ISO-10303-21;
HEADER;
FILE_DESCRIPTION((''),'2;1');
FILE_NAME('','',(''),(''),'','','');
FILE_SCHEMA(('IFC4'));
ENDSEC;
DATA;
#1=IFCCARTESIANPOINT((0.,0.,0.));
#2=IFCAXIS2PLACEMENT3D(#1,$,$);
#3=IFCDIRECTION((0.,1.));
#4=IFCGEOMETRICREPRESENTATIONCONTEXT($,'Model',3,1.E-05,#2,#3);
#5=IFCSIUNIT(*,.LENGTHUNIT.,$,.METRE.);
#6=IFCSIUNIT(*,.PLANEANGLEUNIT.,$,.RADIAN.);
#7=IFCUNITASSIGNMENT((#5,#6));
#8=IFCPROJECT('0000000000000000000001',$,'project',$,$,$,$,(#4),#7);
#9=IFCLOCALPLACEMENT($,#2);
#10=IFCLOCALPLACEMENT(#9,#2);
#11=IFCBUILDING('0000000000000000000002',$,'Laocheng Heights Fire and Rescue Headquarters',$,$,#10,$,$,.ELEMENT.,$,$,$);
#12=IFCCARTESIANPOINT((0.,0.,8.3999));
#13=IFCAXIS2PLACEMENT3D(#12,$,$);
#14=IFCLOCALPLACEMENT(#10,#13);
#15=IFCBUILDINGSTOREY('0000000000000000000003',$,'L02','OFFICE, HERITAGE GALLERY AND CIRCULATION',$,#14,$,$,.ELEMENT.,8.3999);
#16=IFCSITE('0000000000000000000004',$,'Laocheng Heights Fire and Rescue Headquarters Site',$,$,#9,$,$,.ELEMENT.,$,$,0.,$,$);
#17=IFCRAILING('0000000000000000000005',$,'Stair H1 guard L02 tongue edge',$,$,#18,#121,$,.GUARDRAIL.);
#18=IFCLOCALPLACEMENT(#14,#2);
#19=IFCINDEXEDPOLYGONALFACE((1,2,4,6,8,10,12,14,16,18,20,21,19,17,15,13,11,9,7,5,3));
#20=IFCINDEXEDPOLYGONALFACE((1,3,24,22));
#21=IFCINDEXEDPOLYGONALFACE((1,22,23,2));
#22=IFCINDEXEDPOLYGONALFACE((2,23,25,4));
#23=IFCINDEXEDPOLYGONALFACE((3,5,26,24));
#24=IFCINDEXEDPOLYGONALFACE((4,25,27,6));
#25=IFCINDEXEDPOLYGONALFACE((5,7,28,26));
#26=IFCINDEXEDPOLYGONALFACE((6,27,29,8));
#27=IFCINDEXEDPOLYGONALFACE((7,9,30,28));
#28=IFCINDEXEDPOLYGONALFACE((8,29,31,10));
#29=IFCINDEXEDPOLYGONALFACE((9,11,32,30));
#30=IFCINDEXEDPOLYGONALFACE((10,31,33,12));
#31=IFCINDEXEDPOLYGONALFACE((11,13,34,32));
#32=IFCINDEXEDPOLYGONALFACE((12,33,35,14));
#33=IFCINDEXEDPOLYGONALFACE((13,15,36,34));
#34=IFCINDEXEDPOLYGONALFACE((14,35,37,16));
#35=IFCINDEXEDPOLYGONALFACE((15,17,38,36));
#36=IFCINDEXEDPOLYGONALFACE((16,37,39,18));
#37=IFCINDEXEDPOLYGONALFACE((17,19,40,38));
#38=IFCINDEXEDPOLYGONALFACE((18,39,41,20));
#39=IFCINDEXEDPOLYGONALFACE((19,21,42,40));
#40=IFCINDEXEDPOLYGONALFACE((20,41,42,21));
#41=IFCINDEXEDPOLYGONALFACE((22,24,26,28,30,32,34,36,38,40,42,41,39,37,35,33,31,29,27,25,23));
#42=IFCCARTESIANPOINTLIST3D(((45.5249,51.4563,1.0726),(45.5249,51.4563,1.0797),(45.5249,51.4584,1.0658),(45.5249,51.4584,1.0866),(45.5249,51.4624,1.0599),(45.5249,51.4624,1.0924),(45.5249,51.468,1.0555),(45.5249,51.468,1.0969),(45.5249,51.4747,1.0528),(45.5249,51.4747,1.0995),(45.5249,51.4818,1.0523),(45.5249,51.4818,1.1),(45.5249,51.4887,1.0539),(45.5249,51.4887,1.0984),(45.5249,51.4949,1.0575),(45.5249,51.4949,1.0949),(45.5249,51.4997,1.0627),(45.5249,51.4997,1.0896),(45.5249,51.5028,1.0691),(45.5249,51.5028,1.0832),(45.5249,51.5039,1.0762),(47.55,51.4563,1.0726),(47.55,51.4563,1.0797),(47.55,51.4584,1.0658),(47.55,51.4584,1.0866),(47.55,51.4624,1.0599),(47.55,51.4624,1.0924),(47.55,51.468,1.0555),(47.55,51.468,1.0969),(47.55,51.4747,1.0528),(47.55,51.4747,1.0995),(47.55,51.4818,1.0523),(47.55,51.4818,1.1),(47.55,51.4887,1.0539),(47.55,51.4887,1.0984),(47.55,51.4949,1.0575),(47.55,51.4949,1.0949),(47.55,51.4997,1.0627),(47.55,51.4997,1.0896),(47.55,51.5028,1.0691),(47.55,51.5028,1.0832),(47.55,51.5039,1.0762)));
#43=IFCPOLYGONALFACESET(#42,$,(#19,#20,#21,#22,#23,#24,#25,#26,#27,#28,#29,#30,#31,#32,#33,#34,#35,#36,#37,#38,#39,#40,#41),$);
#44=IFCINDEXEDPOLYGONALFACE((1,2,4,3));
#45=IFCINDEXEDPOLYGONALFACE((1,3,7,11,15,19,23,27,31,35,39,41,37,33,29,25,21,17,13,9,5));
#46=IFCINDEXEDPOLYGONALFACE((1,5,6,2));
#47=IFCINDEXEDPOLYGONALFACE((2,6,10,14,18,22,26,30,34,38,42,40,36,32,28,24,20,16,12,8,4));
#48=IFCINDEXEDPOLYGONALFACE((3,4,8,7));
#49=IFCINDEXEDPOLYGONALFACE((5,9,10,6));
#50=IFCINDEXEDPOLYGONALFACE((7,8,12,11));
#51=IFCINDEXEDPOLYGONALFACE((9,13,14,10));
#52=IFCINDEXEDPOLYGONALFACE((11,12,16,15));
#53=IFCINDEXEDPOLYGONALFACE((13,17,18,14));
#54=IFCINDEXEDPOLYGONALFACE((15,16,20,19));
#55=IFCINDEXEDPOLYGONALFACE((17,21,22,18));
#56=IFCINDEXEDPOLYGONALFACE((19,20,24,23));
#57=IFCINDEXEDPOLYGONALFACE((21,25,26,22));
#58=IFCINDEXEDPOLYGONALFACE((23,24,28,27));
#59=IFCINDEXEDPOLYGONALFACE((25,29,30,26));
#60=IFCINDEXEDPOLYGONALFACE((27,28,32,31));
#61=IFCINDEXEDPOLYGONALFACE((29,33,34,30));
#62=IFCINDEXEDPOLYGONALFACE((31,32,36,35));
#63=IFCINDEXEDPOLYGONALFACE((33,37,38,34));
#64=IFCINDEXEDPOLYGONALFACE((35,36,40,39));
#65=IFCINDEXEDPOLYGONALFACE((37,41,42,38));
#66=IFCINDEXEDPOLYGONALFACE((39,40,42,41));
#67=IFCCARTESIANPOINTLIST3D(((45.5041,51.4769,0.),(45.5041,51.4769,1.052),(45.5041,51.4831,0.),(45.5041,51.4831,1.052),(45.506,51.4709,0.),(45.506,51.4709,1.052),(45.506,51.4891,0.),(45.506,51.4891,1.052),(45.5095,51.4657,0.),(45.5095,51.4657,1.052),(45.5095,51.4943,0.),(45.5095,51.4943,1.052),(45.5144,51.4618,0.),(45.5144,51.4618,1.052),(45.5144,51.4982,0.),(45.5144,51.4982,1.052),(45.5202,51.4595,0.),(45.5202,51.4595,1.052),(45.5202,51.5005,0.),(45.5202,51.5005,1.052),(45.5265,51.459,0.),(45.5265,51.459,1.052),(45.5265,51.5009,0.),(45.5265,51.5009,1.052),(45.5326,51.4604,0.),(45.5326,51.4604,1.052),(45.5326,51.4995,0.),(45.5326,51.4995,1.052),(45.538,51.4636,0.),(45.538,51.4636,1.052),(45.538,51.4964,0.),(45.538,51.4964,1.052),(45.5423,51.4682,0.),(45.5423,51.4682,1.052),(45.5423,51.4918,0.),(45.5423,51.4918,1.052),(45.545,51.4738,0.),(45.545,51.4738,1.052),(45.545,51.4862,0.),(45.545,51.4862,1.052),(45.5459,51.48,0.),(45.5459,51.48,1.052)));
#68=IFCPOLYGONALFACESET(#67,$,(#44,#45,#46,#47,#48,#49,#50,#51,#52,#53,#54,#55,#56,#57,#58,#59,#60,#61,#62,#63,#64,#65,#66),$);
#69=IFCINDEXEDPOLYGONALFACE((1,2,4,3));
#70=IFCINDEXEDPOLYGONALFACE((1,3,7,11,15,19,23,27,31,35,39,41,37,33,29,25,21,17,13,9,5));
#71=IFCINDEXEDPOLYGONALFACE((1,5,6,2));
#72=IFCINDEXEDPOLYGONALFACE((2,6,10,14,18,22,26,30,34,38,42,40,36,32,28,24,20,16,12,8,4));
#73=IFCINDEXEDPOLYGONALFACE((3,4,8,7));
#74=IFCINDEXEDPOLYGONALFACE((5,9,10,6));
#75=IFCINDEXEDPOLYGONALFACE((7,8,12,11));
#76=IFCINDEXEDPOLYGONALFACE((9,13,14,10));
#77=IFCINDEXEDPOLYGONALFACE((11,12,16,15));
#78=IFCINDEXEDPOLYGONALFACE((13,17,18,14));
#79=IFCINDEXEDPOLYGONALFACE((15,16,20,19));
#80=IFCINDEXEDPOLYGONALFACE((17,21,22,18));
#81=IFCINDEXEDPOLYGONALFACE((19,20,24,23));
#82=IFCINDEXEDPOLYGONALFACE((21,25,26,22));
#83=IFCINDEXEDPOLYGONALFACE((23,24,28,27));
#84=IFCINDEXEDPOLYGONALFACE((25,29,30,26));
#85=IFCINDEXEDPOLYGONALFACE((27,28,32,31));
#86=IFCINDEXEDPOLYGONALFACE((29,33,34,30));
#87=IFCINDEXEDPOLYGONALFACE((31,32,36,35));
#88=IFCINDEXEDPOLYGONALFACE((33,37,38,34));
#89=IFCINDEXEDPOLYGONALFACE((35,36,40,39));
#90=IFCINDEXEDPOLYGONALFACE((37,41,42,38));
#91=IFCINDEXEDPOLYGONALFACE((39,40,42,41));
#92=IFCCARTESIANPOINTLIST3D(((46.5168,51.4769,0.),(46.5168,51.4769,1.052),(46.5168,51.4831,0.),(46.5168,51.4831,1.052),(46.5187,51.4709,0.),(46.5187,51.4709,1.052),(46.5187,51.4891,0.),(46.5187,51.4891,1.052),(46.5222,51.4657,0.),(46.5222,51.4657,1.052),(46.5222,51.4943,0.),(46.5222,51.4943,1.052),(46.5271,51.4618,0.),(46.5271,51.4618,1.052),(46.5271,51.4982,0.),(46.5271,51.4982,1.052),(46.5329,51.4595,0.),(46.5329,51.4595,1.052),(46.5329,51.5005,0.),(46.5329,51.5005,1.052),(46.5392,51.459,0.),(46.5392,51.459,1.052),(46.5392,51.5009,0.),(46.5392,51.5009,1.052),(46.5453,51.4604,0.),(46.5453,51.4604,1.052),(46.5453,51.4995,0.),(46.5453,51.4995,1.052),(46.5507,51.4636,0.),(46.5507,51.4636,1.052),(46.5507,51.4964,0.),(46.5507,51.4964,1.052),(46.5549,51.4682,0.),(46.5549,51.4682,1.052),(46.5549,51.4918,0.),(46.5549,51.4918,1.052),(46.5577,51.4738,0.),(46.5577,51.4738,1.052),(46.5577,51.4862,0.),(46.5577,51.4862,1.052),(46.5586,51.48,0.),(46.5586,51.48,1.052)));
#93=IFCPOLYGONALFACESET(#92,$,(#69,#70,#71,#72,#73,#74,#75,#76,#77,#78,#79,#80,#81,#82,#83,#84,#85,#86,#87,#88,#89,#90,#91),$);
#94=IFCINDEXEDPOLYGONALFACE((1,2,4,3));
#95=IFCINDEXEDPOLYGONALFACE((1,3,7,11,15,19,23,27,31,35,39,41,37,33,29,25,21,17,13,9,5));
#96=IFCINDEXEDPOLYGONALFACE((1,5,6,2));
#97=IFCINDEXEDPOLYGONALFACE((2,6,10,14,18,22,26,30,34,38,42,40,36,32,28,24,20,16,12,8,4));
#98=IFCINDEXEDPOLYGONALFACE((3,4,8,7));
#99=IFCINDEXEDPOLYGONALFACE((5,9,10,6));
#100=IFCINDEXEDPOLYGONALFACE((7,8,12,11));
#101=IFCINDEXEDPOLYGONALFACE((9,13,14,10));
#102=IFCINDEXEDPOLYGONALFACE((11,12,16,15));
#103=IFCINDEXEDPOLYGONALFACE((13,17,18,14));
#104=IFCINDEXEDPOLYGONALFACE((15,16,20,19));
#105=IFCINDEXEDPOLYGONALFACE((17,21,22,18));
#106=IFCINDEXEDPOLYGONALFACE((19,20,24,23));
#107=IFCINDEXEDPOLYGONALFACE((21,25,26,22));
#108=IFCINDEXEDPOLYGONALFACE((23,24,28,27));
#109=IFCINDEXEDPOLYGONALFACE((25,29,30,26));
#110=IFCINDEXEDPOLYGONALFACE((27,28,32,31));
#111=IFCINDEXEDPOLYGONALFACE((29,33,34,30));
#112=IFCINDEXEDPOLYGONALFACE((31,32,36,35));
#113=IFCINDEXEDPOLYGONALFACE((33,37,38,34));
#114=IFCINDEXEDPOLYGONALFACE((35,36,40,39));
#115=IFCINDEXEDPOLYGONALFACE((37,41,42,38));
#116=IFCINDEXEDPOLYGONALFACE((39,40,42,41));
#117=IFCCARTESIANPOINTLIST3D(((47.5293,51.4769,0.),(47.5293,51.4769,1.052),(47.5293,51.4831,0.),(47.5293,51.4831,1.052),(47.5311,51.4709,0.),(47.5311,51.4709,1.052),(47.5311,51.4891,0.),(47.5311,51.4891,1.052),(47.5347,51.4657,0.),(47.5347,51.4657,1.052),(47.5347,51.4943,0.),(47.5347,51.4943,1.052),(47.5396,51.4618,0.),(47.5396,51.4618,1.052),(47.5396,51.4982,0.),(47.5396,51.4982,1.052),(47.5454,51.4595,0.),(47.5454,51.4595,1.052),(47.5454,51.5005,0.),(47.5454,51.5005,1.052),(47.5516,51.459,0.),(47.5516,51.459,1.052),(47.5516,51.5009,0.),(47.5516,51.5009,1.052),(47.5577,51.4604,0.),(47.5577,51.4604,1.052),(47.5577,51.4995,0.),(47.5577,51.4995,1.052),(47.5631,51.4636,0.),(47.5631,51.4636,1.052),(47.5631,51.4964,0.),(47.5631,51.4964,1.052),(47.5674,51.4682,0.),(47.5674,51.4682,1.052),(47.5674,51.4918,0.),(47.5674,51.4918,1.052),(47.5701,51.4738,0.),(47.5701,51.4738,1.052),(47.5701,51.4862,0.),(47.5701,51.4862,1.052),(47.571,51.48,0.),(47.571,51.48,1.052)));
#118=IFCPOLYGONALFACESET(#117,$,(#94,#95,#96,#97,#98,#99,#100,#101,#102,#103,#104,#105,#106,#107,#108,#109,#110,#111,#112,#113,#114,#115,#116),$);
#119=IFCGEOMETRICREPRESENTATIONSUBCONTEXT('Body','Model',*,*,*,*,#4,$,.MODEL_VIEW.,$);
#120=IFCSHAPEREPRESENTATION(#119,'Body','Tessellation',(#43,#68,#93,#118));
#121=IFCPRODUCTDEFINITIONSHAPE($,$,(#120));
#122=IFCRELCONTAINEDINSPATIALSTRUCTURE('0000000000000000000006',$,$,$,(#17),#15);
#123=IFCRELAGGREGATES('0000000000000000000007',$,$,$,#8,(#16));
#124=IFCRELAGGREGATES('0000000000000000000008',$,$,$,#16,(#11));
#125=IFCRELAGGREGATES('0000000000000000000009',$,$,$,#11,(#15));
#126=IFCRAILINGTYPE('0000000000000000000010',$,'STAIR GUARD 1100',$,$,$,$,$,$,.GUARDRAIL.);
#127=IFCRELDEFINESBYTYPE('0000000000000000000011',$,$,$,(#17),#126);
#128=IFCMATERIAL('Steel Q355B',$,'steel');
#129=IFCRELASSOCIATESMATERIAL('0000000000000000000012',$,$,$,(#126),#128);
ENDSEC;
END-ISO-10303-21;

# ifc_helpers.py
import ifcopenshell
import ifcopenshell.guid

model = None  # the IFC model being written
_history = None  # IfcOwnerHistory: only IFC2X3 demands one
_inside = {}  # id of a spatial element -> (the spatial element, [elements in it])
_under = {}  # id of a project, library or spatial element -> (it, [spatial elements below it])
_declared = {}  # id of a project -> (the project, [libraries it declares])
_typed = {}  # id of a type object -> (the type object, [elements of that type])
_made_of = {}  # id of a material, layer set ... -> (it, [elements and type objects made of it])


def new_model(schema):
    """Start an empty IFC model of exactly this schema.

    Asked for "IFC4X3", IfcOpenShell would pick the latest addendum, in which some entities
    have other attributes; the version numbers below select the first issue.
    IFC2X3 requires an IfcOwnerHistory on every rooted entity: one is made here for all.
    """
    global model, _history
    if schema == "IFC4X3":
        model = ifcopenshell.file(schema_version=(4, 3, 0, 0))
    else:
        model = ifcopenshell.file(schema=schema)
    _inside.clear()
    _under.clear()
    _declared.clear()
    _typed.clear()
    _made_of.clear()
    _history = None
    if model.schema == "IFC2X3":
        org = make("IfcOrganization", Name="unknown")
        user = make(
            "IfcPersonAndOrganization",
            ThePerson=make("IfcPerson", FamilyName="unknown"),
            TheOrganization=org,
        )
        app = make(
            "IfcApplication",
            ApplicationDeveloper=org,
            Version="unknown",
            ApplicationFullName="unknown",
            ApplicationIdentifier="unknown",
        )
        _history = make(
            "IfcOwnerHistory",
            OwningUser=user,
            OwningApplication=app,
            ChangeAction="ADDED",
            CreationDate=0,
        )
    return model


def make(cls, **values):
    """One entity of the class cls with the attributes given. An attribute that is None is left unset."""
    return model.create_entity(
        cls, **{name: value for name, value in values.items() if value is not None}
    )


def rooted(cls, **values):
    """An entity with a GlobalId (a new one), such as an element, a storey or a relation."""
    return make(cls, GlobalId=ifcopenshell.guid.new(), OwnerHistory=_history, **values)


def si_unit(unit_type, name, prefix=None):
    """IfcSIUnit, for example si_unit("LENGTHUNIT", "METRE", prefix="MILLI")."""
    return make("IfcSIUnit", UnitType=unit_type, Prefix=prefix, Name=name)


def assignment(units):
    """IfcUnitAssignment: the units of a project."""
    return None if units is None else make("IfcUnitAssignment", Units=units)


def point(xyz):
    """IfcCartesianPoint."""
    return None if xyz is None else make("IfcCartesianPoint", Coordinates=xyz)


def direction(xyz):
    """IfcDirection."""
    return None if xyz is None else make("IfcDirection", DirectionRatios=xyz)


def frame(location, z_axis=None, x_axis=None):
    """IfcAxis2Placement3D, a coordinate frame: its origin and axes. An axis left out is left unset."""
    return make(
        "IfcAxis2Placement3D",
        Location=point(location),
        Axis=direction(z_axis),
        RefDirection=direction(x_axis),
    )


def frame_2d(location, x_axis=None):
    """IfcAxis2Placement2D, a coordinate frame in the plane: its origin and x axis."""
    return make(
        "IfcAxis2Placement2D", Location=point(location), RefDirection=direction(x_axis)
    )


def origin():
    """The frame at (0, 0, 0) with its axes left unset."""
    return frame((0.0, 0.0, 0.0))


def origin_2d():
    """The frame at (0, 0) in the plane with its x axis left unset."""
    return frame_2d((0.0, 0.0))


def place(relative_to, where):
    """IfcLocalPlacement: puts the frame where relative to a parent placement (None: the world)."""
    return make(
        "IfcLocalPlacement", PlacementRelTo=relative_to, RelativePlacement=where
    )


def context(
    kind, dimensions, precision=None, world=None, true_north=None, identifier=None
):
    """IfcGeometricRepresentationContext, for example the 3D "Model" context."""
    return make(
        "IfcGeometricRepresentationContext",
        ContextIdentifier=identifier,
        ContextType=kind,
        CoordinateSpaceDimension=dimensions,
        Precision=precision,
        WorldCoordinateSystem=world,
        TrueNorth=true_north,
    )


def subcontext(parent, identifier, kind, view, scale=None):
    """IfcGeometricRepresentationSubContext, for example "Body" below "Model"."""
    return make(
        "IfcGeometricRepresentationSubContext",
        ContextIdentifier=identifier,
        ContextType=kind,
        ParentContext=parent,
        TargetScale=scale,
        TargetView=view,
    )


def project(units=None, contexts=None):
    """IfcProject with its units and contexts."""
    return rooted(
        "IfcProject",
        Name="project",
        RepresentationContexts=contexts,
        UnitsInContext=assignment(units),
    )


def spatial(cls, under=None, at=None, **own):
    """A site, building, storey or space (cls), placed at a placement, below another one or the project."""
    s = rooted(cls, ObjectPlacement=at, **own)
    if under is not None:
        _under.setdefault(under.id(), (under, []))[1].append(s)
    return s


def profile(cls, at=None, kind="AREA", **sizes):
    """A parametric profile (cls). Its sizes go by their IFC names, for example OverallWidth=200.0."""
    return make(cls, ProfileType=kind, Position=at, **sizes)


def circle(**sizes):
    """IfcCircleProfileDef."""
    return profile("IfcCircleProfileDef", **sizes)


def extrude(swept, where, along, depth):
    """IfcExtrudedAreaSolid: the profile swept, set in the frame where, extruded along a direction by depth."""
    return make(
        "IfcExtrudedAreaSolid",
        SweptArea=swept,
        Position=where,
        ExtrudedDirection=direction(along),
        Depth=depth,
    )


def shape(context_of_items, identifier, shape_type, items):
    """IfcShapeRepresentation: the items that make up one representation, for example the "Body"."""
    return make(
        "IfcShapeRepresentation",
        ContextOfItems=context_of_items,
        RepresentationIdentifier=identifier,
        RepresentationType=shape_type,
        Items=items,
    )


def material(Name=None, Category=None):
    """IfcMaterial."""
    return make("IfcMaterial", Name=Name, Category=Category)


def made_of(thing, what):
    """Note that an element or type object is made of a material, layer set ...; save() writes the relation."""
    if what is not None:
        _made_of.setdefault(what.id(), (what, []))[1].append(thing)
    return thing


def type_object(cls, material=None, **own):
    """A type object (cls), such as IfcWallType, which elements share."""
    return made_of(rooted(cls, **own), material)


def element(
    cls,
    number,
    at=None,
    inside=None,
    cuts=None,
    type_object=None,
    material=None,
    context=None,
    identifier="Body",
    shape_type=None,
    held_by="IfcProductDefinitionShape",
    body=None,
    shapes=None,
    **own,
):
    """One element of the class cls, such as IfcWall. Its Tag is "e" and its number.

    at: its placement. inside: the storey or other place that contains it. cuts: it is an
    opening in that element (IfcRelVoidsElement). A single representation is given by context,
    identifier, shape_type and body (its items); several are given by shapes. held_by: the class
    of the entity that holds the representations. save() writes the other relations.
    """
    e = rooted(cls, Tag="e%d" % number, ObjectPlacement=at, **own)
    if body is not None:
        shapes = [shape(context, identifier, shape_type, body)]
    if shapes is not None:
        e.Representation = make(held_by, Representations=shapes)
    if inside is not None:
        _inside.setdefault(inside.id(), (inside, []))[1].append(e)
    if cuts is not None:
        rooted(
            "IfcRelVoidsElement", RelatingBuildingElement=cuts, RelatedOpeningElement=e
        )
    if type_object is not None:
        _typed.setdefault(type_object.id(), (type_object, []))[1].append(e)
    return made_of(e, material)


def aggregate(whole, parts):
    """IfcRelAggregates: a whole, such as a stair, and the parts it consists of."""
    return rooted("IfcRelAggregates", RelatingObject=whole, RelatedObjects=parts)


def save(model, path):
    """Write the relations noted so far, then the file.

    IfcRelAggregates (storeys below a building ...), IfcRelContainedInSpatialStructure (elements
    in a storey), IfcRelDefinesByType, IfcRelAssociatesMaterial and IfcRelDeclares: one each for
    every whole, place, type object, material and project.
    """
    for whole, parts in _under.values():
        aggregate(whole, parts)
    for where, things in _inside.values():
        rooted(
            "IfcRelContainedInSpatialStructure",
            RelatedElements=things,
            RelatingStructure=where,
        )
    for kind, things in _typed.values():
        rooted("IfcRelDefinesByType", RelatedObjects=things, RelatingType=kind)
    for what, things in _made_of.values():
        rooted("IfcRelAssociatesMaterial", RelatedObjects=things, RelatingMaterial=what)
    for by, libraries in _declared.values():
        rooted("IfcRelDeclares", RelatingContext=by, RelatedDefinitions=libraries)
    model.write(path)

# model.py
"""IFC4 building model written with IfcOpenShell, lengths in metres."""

from ifc_helpers import new_model, si_unit, direction, frame, origin, origin_2d, place, context, subcontext, project, spatial, circle, extrude, material, type_object, element, save


model = new_model("IFC4")

# Units and contexts
model_context = context("Model", 3, precision=1e-05, world=origin(), true_north=direction((0.0, 1.0)))
body_context = subcontext(model_context, "Body", "Model", "MODEL_VIEW")
ifc_project = project(units=[si_unit("LENGTHUNIT", "METRE"), si_unit("PLANEANGLEUNIT", "RADIAN")], contexts=[model_context])

# Site, building, storey
site_placement = place(None, origin())
site = spatial("IfcSite", under=ifc_project, at=site_placement, Name="Laocheng Heights Fire and Rescue Headquarters Site", CompositionType="ELEMENT", RefElevation=0.0)
building_placement = place(site_placement, origin())
building = spatial("IfcBuilding", under=site, at=building_placement, Name="Laocheng Heights Fire and Rescue Headquarters", CompositionType="ELEMENT")
storey_placement = place(building_placement, frame((0.0, 0.0, 8.3999)))
storey = spatial("IfcBuildingStorey", under=building, at=storey_placement, Name="L02", Description="OFFICE, HERITAGE GALLERY AND CIRCULATION", CompositionType="ELEMENT", Elevation=8.3999)

# Railing
ifc_material_1 = material(Name="Steel Q355B", Category="steel")
railing_type_1 = type_object("IfcRailingType", Name="STAIR GUARD 1100", PredefinedType="GUARDRAIL", material=ifc_material_1)
railing_1_placement = place(storey_placement, frame((45.5249, 51.48, 0.0)))
element("IfcRailing", 1, at=railing_1_placement, inside=storey, type_object=railing_type_1, Name="Stair H1 guard L02 tongue edge", PredefinedType="GUARDRAIL", context=body_context, shape_type="SweptSolid", body=[
    extrude(circle(Radius=0.0239, at=origin_2d()), frame((0.0, 0.0, 1.0762), z_axis=(1.0, 0.0, 0.0), x_axis=(0.0, 1.0, 0.0)), (0.0, 0.0, 1.0), 2.0251),
    extrude(circle(Radius=0.021, at=origin_2d()), origin(), (0.0, 0.0, 1.0), 1.052),
    extrude(circle(Radius=0.021, at=origin_2d()), frame((1.0127, 0.0, 0.0)), (0.0, 0.0, 1.0), 1.052),
    extrude(circle(Radius=0.021, at=origin_2d()), frame((2.0251, 0.0, 0.0)), (0.0, 0.0, 1.0), 1.052),
])

save(model, "model.ifc")
